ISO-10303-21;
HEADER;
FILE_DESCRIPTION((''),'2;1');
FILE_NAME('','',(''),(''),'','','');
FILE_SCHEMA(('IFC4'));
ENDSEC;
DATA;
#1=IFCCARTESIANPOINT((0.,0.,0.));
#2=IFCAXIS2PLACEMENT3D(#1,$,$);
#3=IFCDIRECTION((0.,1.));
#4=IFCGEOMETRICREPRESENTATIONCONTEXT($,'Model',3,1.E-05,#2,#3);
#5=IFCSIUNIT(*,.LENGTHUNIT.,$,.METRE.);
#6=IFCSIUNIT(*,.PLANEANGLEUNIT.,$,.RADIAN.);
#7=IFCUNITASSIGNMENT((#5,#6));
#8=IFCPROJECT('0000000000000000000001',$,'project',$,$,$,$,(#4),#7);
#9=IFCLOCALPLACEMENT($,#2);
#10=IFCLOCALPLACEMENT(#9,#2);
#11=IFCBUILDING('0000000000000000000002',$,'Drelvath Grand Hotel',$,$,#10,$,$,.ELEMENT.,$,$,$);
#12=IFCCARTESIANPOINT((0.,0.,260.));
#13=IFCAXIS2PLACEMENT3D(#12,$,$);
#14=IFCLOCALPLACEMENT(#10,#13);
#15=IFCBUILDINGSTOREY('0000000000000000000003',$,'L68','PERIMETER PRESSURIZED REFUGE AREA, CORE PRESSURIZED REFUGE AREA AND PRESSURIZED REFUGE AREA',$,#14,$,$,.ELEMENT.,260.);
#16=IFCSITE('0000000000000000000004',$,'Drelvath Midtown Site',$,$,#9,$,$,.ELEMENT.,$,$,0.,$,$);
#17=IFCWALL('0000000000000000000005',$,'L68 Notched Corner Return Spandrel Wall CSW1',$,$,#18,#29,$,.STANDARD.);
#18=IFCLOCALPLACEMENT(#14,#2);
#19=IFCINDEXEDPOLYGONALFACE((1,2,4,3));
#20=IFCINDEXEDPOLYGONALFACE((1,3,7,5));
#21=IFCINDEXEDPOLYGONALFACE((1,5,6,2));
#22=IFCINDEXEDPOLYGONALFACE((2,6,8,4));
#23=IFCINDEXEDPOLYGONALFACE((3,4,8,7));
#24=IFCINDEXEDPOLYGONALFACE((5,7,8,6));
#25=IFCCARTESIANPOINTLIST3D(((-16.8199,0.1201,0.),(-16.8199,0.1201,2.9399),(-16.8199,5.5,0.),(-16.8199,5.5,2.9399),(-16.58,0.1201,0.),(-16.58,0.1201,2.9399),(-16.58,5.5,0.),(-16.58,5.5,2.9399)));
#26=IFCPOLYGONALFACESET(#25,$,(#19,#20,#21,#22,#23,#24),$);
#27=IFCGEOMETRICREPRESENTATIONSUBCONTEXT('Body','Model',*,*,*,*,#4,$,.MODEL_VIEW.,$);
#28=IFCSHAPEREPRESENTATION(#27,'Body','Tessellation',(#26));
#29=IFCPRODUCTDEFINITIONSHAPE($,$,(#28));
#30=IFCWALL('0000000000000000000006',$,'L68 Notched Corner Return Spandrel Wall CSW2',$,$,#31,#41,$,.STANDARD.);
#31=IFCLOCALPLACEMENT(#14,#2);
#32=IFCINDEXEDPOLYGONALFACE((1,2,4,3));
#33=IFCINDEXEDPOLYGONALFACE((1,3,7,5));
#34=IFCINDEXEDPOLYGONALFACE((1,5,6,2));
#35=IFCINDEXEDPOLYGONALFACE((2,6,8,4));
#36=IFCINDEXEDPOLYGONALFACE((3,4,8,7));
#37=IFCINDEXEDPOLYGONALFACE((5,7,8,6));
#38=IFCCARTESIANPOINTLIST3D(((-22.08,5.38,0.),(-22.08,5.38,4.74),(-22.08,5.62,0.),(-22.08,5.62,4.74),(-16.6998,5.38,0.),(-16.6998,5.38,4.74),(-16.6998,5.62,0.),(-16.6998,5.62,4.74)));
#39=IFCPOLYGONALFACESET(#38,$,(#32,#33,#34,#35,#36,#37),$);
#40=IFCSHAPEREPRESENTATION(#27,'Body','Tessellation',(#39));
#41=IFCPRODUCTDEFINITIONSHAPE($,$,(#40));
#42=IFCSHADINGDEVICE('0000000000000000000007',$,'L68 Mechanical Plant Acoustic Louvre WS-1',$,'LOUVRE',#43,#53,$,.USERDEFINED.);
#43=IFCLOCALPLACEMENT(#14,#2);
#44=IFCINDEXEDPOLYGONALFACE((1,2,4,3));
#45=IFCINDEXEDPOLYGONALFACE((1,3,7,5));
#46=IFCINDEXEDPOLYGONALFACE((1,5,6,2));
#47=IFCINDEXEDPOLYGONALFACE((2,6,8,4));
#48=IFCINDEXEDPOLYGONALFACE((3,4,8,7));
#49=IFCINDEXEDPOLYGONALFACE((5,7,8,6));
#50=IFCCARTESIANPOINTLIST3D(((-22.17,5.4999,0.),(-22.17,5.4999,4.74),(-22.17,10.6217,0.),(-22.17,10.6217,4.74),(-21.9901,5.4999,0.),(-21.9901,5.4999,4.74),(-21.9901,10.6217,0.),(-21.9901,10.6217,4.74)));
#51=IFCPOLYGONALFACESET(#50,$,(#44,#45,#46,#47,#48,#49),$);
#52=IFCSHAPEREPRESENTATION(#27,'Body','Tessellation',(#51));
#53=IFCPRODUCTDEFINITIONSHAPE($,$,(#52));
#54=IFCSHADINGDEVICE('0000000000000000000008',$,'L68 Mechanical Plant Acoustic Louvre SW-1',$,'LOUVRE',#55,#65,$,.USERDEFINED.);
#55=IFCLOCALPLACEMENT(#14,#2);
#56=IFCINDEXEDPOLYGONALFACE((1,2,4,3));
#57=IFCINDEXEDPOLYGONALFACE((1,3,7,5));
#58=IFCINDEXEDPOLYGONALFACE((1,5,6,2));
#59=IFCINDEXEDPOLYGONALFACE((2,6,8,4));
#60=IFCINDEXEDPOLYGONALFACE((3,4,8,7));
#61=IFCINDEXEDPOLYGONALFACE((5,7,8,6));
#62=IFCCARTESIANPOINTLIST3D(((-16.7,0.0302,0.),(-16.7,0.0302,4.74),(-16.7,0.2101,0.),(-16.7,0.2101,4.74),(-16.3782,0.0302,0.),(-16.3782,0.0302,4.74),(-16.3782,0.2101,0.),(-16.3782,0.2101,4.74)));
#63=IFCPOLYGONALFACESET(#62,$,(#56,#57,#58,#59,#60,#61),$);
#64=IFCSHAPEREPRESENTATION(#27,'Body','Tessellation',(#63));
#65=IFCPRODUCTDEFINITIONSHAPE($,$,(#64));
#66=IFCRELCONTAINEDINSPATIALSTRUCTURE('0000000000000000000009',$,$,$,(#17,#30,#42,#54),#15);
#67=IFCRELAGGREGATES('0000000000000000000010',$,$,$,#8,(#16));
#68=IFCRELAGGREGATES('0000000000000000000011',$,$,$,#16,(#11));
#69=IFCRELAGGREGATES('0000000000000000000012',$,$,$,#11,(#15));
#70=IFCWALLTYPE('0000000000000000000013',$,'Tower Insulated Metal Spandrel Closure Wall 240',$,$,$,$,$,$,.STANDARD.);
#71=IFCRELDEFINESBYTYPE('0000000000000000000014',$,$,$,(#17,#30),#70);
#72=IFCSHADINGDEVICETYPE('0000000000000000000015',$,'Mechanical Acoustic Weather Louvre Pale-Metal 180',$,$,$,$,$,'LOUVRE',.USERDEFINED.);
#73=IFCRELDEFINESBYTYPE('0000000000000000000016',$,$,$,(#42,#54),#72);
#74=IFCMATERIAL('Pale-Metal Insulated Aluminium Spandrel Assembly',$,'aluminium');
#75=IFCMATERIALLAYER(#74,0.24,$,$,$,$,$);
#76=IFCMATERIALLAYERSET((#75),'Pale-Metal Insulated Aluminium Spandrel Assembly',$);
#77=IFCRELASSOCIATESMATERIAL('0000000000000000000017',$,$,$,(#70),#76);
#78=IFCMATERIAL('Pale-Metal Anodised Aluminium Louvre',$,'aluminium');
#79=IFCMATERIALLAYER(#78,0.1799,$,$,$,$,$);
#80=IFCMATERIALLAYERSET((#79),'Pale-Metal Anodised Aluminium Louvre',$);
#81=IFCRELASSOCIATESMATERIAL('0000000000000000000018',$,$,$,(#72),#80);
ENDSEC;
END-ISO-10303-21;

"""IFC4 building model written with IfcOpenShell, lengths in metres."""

from ifc_helpers import new_model, si_unit, direction, frame, frame_2d, origin, origin_2d, place, context, subcontext, project, spatial, rectangle, extrude, material, layer, layer_set, type_object, element, save


model = new_model("IFC4")

# Units and contexts
model_context = context("Model", 3, precision=1e-05, world=origin(), true_north=direction((0.0, 1.0)))
body_context = subcontext(model_context, "Body", "Model", "MODEL_VIEW")
ifc_project = project(units=[si_unit("LENGTHUNIT", "METRE"), si_unit("PLANEANGLEUNIT", "RADIAN")], contexts=[model_context])

# Site, building, storey
site_placement = place(None, origin())
site = spatial("IfcSite", under=ifc_project, at=site_placement, Name="Drelvath Midtown Site", CompositionType="ELEMENT", RefElevation=0.0)
building_placement = place(site_placement, origin())
building = spatial("IfcBuilding", under=site, at=building_placement, Name="Drelvath Grand Hotel", CompositionType="ELEMENT")
storey_placement = place(building_placement, frame((0.0, 0.0, 260.0)))
storey = spatial("IfcBuildingStorey", under=building, at=storey_placement, Name="L68", Description="PERIMETER PRESSURIZED REFUGE AREA, CORE PRESSURIZED REFUGE AREA AND PRESSURIZED REFUGE AREA", CompositionType="ELEMENT", Elevation=260.0)

# Walls
ifc_material_1 = material(Name="Pale-Metal Insulated Aluminium Spandrel Assembly", Category="aluminium")
ifc_layer_1 = layer(ifc_material_1, 0.24)
ifc_layer_set_1 = layer_set([ifc_layer_1], Name="Pale-Metal Insulated Aluminium Spandrel Assembly")
wall_type_1 = type_object("IfcWallType", Name="Tower Insulated Metal Spandrel Closure Wall 240", PredefinedType="STANDARD", material=ifc_layer_set_1)
wall_1_placement = place(storey_placement, frame((-16.7, 0.1201, 0.0), z_axis=(0.0, 0.0, 1.0), x_axis=(0.0, 1.0, 0.0)))
element("IfcWall", 1, at=wall_1_placement, inside=storey, type_object=wall_type_1, Name="L68 Notched Corner Return Spandrel Wall CSW1", PredefinedType="STANDARD", context=body_context, shape_type="SweptSolid", body=[
    extrude(rectangle(XDim=5.3799, YDim=0.24, at=frame_2d((2.6899, 0.0))), origin(), (0.0, 0.0, 1.0), 2.9399),
])
wall_2_placement = place(storey_placement, frame((-16.7, 5.5, 0.0), z_axis=(0.0, 0.0, 1.0), x_axis=(-1.0, 0.0, 0.0)))
element("IfcWall", 2, at=wall_2_placement, inside=storey, type_object=wall_type_1, Name="L68 Notched Corner Return Spandrel Wall CSW2", PredefinedType="STANDARD", context=body_context, shape_type="SweptSolid", body=[
    extrude(rectangle(XDim=5.3801, YDim=0.24, at=frame_2d((2.6899, 0.0))), origin(), (0.0, 0.0, 1.0), 4.74),
])

# Shading devices
ifc_material_2 = material(Name="Pale-Metal Anodised Aluminium Louvre", Category="aluminium")
ifc_layer_2 = layer(ifc_material_2, 0.1799)
ifc_layer_set_2 = layer_set([ifc_layer_2], Name="Pale-Metal Anodised Aluminium Louvre")
shading_device_type = type_object("IfcShadingDeviceType", Name="Mechanical Acoustic Weather Louvre Pale-Metal 180", ElementType="LOUVRE", PredefinedType="USERDEFINED", material=ifc_layer_set_2)
shading_device_1_placement = place(storey_placement, frame((-22.0801, 8.0608, 0.0), z_axis=(0.0, 0.0, 1.0), x_axis=(0.0, 1.0, 0.0)))
element("IfcShadingDevice", 3, at=shading_device_1_placement, inside=storey, type_object=shading_device_type, Name="L68 Mechanical Plant Acoustic Louvre WS-1", ObjectType="LOUVRE", PredefinedType="USERDEFINED", context=body_context, shape_type="SweptSolid", body=[
    extrude(rectangle(XDim=5.1218, YDim=0.1799, at=origin_2d()), origin(), (0.0, 0.0, 1.0), 4.74),
])
shading_device_2_placement = place(storey_placement, frame((-16.5391, 0.1201, 0.0), z_axis=(0.0, 0.0, 1.0), x_axis=(1.0, 0.0, 0.0)))
element("IfcShadingDevice", 4, at=shading_device_2_placement, inside=storey, type_object=shading_device_type, Name="L68 Mechanical Plant Acoustic Louvre SW-1", ObjectType="LOUVRE", PredefinedType="USERDEFINED", context=body_context, shape_type="SweptSolid", body=[
    extrude(rectangle(XDim=0.3218, YDim=0.1799, at=origin_2d()), origin(), (0.0, 0.0, 1.0), 4.74),
])

save(model, "model.ifc")
